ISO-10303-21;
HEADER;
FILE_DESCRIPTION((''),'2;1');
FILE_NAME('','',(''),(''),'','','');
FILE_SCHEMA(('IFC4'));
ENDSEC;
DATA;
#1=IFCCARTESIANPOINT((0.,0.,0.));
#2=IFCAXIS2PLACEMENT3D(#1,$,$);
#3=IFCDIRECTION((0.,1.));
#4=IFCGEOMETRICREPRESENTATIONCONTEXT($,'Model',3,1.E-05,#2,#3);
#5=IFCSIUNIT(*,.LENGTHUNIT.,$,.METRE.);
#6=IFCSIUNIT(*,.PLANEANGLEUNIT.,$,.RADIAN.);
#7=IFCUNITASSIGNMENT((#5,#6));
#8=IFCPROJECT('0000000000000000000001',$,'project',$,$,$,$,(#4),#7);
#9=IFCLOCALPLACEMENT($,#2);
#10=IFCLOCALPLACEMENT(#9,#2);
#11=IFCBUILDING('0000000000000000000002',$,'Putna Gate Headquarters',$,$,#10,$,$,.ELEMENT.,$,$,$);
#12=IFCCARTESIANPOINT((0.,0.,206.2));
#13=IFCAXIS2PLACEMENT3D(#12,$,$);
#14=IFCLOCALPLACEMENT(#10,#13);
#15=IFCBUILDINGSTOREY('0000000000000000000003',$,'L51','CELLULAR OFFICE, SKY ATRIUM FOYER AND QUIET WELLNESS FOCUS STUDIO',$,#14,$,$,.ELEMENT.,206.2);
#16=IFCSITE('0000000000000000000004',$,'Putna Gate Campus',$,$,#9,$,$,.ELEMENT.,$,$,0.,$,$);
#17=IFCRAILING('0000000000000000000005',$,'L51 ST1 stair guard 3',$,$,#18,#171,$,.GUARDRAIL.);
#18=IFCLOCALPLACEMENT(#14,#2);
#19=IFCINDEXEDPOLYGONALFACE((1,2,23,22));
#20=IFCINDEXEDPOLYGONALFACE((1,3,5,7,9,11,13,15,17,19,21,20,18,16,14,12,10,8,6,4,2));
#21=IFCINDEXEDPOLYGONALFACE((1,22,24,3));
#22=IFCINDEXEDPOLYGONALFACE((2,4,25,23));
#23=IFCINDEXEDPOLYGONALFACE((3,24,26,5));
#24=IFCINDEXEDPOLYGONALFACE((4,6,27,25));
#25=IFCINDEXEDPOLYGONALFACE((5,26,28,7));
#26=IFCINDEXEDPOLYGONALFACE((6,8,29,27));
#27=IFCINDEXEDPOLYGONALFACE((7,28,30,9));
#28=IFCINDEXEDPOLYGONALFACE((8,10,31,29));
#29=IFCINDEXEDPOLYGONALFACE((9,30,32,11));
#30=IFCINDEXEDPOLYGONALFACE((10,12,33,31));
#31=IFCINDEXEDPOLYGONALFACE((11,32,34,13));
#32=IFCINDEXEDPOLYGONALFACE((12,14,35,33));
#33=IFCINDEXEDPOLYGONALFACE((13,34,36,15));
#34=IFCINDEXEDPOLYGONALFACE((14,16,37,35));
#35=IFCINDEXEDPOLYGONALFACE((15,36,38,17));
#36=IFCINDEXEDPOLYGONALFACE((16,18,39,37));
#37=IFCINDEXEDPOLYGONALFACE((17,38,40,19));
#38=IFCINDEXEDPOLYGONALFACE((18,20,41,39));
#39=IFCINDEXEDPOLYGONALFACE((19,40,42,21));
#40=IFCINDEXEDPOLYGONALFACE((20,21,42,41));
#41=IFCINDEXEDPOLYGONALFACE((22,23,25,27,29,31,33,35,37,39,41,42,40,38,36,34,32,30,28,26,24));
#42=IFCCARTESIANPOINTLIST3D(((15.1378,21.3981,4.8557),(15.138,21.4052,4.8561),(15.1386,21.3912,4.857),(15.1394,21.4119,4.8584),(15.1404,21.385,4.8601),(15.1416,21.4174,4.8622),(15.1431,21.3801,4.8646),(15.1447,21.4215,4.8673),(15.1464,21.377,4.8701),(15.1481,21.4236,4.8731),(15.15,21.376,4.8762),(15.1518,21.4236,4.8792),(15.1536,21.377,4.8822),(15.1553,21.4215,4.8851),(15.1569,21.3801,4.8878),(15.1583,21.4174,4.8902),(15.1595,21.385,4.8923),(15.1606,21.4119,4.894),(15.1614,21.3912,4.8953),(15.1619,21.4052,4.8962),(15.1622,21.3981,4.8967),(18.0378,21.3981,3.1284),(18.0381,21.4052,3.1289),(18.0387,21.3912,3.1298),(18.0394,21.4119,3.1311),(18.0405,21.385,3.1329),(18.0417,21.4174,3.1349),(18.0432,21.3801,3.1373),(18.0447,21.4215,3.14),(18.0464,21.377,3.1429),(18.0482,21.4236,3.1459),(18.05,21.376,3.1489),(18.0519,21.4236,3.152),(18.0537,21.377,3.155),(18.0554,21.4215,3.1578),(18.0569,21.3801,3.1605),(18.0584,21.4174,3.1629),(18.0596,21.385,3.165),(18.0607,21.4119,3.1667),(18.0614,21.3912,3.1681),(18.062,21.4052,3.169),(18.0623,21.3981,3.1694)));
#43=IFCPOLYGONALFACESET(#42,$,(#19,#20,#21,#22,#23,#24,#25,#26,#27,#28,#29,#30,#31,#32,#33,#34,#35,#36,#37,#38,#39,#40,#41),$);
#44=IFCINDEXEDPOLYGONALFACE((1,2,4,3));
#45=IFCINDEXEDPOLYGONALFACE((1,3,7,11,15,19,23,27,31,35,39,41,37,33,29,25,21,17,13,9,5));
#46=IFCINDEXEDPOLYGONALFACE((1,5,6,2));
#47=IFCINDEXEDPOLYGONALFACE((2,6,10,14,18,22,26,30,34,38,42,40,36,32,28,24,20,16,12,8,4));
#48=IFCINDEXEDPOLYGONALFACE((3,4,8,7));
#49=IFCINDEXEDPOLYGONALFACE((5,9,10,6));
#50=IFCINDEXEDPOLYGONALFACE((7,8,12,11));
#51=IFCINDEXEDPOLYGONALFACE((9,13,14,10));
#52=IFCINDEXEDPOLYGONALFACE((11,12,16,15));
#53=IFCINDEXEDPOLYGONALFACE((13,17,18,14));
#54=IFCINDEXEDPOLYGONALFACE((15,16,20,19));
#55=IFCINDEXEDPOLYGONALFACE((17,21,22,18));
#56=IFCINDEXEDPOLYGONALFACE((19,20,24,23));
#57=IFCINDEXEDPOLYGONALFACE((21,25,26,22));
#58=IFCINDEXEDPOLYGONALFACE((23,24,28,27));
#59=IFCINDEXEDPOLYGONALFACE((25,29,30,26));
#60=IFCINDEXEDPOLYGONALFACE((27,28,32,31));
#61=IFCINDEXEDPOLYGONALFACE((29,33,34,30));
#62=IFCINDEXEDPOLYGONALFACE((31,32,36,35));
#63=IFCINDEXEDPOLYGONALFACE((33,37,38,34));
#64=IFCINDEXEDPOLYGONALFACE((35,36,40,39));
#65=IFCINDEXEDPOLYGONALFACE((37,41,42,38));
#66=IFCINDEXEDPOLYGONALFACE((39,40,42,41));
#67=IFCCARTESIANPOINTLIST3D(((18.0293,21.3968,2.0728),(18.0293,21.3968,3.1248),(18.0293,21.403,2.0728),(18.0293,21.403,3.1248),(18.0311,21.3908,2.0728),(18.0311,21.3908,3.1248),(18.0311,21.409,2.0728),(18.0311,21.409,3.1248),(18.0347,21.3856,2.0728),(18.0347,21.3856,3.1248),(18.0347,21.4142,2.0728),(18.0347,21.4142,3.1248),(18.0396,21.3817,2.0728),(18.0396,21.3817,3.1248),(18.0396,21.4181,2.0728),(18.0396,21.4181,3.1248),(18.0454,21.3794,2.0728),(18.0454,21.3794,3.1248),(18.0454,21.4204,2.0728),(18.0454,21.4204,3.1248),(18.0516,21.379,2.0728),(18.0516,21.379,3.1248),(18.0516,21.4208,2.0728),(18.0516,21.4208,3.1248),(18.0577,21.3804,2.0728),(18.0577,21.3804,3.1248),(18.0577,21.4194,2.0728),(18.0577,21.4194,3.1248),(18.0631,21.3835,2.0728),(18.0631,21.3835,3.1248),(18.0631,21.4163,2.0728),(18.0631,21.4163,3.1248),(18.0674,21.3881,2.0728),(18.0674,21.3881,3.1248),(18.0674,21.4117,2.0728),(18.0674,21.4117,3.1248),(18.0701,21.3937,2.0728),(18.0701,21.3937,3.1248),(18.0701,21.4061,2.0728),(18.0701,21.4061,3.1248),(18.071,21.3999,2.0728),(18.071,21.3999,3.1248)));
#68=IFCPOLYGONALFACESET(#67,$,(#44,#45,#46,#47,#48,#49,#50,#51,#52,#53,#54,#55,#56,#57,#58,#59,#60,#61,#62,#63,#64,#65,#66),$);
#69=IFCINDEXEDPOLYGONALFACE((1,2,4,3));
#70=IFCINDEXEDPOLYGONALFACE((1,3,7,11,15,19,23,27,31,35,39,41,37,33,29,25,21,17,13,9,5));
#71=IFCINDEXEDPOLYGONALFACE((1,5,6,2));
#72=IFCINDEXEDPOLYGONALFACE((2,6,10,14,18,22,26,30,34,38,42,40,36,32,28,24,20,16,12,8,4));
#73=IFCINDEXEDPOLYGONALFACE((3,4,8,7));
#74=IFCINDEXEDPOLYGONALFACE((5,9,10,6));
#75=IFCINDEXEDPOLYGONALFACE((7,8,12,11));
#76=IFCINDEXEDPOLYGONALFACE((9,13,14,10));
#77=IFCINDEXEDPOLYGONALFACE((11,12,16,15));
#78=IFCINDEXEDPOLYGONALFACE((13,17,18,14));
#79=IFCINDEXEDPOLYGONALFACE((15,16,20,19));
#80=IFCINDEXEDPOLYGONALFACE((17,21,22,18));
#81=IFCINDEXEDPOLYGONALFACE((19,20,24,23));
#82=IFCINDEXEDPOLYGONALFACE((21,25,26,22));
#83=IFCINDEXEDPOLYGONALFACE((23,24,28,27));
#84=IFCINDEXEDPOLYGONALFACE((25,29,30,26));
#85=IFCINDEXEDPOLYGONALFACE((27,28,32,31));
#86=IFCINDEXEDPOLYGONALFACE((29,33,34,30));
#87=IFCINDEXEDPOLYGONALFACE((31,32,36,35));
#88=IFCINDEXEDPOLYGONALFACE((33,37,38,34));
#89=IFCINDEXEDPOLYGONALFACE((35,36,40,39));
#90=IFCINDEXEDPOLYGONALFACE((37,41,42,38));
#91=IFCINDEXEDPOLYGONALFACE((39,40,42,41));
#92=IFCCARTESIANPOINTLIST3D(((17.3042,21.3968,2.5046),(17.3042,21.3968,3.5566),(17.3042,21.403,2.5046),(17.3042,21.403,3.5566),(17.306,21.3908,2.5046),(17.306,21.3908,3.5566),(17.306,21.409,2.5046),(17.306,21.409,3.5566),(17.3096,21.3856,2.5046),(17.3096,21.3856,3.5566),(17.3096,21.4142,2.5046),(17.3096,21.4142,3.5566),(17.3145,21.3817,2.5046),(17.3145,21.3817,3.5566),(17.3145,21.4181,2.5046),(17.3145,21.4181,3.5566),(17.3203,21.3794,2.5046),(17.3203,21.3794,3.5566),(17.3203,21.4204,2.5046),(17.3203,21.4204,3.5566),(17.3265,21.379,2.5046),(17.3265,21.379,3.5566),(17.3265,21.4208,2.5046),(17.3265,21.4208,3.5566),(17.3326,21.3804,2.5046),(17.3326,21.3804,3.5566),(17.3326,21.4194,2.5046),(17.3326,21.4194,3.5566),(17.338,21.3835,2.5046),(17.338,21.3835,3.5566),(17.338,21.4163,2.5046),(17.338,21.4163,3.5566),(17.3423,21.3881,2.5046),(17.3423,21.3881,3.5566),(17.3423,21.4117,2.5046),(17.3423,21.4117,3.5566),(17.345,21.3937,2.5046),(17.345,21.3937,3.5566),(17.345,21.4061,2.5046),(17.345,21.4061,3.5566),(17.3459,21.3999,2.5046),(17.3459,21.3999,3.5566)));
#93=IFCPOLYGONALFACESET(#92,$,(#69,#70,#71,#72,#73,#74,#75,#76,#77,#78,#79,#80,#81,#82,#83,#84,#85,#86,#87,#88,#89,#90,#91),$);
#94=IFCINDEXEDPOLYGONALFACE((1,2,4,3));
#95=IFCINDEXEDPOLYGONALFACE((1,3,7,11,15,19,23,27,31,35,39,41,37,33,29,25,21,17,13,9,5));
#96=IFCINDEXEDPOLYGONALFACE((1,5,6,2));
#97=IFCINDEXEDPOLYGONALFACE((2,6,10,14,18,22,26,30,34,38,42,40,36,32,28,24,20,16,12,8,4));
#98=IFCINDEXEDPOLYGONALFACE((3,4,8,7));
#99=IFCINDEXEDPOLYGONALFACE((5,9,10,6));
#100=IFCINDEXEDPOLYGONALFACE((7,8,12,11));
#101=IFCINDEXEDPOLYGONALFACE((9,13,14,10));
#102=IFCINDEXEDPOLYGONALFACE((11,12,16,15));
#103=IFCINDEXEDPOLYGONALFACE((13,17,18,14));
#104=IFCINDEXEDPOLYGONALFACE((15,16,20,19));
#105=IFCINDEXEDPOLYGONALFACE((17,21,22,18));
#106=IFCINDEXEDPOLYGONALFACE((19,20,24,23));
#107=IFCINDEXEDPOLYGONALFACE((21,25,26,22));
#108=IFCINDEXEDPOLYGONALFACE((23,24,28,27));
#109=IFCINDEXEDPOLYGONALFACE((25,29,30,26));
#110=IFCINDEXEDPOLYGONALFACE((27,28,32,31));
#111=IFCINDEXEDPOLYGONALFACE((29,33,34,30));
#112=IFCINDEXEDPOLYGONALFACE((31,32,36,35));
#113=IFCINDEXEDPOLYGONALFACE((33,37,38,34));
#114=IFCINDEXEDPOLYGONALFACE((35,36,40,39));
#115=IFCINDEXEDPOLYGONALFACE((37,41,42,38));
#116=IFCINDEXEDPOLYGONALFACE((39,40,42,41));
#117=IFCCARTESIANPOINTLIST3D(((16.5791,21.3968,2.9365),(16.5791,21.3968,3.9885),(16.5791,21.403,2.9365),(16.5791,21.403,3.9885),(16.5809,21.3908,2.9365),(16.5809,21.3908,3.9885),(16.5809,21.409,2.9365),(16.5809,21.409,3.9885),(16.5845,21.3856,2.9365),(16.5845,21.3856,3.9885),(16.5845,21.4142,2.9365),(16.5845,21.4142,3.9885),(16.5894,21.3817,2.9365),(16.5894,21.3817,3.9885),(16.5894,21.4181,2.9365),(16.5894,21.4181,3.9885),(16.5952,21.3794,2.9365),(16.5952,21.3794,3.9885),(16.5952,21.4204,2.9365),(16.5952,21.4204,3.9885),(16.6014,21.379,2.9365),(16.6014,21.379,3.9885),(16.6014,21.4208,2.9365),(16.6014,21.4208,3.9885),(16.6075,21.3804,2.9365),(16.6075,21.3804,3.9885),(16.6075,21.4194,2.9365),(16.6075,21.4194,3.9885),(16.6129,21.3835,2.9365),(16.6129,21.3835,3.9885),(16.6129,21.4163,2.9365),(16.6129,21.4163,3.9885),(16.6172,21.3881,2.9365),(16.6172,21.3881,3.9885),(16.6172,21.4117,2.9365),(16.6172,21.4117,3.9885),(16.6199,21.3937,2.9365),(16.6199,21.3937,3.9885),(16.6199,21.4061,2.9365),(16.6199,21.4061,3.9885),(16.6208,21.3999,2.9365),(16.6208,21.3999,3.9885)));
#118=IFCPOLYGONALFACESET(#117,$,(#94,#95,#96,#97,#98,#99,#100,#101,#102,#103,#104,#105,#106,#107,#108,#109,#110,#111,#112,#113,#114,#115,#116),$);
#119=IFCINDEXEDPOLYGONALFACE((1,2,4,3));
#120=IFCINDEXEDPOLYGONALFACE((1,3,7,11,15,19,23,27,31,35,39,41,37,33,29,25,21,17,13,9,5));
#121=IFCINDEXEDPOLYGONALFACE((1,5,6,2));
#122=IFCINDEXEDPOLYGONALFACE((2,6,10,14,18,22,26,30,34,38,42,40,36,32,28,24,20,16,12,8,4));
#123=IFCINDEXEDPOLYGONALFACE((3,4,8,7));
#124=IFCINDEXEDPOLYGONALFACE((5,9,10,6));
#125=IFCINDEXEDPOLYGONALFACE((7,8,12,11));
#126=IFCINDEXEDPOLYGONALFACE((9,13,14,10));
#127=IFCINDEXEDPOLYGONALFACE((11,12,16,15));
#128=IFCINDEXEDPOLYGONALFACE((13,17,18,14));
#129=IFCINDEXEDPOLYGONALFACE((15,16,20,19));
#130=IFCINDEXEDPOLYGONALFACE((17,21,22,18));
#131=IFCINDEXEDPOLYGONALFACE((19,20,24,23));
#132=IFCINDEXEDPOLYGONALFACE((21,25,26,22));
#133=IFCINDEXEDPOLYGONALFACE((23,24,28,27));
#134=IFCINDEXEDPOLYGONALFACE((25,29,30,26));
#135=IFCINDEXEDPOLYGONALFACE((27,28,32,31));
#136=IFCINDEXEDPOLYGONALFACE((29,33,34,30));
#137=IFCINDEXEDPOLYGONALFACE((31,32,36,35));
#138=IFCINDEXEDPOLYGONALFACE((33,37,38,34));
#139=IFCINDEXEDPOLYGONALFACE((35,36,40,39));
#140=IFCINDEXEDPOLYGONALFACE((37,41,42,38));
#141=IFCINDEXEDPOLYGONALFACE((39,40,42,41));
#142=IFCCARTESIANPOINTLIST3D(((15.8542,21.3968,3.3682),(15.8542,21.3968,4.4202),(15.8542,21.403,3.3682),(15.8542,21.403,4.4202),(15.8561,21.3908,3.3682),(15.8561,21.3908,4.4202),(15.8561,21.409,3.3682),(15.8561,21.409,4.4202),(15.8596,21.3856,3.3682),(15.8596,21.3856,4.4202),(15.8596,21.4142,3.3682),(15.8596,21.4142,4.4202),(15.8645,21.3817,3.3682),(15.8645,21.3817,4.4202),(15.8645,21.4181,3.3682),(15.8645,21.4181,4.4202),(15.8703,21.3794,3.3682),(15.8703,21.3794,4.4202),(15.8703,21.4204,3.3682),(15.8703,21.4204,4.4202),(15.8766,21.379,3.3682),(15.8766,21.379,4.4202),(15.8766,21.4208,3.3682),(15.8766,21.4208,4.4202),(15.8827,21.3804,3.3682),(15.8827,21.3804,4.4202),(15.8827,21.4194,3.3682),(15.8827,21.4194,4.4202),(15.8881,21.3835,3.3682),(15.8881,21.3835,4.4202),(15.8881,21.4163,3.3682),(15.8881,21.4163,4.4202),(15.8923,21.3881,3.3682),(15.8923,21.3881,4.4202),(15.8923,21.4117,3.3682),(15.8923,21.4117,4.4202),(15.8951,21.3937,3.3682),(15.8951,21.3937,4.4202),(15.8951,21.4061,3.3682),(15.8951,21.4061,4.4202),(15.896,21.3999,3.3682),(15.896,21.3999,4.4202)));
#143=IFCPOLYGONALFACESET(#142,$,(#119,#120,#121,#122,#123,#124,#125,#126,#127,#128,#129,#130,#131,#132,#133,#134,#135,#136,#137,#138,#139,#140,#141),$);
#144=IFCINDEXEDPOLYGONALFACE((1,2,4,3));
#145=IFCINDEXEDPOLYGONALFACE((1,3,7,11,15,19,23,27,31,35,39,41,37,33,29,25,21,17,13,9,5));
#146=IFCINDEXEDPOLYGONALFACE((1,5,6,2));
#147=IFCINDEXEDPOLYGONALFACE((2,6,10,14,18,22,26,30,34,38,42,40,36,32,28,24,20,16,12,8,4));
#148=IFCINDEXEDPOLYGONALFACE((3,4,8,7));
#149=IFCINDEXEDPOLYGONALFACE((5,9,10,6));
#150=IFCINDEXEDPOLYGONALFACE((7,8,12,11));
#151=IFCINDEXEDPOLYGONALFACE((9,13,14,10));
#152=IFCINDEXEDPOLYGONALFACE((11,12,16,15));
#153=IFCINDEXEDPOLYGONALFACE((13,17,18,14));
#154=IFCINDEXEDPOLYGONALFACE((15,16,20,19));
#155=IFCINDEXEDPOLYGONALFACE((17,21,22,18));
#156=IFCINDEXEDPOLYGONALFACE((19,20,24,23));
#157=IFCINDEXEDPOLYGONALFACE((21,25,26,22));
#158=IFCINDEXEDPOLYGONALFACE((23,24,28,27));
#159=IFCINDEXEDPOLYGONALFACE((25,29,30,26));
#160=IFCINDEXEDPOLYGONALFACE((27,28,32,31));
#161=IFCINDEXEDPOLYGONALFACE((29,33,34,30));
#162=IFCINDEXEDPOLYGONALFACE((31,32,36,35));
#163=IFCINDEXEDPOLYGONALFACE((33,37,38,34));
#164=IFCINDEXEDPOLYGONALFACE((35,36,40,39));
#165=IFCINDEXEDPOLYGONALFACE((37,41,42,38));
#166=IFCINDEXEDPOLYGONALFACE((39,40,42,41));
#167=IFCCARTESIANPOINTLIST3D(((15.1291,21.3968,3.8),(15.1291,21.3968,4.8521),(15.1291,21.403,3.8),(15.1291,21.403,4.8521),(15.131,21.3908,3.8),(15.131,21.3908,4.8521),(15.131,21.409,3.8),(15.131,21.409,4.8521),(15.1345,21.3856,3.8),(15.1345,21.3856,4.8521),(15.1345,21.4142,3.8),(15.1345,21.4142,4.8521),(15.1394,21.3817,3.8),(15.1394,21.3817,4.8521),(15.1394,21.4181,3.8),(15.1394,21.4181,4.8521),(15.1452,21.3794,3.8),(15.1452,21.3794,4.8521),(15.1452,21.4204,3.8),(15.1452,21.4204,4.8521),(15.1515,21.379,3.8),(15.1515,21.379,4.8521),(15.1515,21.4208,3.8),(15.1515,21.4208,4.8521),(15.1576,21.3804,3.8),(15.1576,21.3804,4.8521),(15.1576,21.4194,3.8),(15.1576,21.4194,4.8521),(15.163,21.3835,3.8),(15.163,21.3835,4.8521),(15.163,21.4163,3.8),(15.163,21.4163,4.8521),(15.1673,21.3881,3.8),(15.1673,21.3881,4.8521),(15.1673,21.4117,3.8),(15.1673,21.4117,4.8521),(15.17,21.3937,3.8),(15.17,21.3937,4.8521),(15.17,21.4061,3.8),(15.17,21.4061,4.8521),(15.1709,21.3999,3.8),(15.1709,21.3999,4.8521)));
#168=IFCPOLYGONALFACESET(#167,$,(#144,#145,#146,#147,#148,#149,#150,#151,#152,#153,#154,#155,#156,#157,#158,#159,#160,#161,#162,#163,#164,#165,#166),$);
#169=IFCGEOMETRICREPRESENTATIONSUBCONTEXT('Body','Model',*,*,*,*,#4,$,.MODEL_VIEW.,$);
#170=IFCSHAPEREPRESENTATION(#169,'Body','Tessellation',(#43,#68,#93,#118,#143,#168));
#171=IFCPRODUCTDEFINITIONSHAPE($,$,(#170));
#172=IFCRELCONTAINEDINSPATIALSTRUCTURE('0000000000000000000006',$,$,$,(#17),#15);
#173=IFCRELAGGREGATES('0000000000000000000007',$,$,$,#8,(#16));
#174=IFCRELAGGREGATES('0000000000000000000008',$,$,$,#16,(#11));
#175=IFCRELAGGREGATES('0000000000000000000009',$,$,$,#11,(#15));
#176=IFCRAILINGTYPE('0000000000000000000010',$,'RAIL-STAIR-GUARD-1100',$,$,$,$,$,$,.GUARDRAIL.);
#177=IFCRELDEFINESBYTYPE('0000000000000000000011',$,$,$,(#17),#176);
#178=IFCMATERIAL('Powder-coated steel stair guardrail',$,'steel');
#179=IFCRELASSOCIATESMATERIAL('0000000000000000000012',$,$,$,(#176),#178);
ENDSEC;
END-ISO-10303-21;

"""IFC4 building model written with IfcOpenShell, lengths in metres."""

from ifc_helpers import new_model, si_unit, direction, frame, origin, origin_2d, place, context, subcontext, project, spatial, circle, extrude, material, type_object, element, save


model = new_model("IFC4")

# Units and contexts
model_context = context("Model", 3, precision=1e-05, world=origin(), true_north=direction((0.0, 1.0)))
body_context = subcontext(model_context, "Body", "Model", "MODEL_VIEW")
ifc_project = project(units=[si_unit("LENGTHUNIT", "METRE"), si_unit("PLANEANGLEUNIT", "RADIAN")], contexts=[model_context])

# Site, building, storey
site_placement = place(None, origin())
site = spatial("IfcSite", under=ifc_project, at=site_placement, Name="Putna Gate Campus", CompositionType="ELEMENT", RefElevation=0.0)
building_placement = place(site_placement, origin())
building = spatial("IfcBuilding", under=site, at=building_placement, Name="Putna Gate Headquarters", CompositionType="ELEMENT")
storey_placement = place(building_placement, frame((0.0, 0.0, 206.2)))
storey = spatial("IfcBuildingStorey", under=building, at=storey_placement, Name="L51", Description="CELLULAR OFFICE, SKY ATRIUM FOYER AND QUIET WELLNESS FOCUS STUDIO", CompositionType="ELEMENT", Elevation=206.2)

# Railing
ifc_material_1 = material(Name="Powder-coated steel stair guardrail", Category="steel")
railing_type_1 = type_object("IfcRailingType", Name="RAIL-STAIR-GUARD-1100", PredefinedType="GUARDRAIL", material=ifc_material_1)
railing_1_placement = place(storey_placement, frame((18.05, 21.3999, 2.0728)))
element("IfcRailing", 1, at=railing_1_placement, inside=storey, type_object=railing_type_1, Name="L51 ST1 stair guard 3", PredefinedType="GUARDRAIL", context=body_context, shape_type="SweptSolid", body=[
    extrude(circle(Radius=0.0239, at=origin_2d()), frame((0.0, 0.0, 1.0762), z_axis=(-0.85916, 0.0, 0.511706), x_axis=(0.0, -1.0, 0.0)), (0.0, 0.0, 1.0), 3.3755),
    extrude(circle(Radius=0.021, at=origin_2d()), origin(), (0.0, 0.0, 1.0), 1.052),
    extrude(circle(Radius=0.021, at=origin_2d()), frame((-0.7251, 0.0, 0.4319)), (0.0, 0.0, 1.0), 1.052),
    extrude(circle(Radius=0.021, at=origin_2d()), frame((-1.4502, 0.0, 0.8638)), (0.0, 0.0, 1.0), 1.052),
    extrude(circle(Radius=0.021, at=origin_2d()), frame((-2.175, 0.0, 1.2954)), (0.0, 0.0, 1.0), 1.052),
    extrude(circle(Radius=0.021, at=origin_2d()), frame((-2.9001, 0.0, 1.7273)), (0.0, 0.0, 1.0), 1.052),
])

save(model, "model.ifc")
